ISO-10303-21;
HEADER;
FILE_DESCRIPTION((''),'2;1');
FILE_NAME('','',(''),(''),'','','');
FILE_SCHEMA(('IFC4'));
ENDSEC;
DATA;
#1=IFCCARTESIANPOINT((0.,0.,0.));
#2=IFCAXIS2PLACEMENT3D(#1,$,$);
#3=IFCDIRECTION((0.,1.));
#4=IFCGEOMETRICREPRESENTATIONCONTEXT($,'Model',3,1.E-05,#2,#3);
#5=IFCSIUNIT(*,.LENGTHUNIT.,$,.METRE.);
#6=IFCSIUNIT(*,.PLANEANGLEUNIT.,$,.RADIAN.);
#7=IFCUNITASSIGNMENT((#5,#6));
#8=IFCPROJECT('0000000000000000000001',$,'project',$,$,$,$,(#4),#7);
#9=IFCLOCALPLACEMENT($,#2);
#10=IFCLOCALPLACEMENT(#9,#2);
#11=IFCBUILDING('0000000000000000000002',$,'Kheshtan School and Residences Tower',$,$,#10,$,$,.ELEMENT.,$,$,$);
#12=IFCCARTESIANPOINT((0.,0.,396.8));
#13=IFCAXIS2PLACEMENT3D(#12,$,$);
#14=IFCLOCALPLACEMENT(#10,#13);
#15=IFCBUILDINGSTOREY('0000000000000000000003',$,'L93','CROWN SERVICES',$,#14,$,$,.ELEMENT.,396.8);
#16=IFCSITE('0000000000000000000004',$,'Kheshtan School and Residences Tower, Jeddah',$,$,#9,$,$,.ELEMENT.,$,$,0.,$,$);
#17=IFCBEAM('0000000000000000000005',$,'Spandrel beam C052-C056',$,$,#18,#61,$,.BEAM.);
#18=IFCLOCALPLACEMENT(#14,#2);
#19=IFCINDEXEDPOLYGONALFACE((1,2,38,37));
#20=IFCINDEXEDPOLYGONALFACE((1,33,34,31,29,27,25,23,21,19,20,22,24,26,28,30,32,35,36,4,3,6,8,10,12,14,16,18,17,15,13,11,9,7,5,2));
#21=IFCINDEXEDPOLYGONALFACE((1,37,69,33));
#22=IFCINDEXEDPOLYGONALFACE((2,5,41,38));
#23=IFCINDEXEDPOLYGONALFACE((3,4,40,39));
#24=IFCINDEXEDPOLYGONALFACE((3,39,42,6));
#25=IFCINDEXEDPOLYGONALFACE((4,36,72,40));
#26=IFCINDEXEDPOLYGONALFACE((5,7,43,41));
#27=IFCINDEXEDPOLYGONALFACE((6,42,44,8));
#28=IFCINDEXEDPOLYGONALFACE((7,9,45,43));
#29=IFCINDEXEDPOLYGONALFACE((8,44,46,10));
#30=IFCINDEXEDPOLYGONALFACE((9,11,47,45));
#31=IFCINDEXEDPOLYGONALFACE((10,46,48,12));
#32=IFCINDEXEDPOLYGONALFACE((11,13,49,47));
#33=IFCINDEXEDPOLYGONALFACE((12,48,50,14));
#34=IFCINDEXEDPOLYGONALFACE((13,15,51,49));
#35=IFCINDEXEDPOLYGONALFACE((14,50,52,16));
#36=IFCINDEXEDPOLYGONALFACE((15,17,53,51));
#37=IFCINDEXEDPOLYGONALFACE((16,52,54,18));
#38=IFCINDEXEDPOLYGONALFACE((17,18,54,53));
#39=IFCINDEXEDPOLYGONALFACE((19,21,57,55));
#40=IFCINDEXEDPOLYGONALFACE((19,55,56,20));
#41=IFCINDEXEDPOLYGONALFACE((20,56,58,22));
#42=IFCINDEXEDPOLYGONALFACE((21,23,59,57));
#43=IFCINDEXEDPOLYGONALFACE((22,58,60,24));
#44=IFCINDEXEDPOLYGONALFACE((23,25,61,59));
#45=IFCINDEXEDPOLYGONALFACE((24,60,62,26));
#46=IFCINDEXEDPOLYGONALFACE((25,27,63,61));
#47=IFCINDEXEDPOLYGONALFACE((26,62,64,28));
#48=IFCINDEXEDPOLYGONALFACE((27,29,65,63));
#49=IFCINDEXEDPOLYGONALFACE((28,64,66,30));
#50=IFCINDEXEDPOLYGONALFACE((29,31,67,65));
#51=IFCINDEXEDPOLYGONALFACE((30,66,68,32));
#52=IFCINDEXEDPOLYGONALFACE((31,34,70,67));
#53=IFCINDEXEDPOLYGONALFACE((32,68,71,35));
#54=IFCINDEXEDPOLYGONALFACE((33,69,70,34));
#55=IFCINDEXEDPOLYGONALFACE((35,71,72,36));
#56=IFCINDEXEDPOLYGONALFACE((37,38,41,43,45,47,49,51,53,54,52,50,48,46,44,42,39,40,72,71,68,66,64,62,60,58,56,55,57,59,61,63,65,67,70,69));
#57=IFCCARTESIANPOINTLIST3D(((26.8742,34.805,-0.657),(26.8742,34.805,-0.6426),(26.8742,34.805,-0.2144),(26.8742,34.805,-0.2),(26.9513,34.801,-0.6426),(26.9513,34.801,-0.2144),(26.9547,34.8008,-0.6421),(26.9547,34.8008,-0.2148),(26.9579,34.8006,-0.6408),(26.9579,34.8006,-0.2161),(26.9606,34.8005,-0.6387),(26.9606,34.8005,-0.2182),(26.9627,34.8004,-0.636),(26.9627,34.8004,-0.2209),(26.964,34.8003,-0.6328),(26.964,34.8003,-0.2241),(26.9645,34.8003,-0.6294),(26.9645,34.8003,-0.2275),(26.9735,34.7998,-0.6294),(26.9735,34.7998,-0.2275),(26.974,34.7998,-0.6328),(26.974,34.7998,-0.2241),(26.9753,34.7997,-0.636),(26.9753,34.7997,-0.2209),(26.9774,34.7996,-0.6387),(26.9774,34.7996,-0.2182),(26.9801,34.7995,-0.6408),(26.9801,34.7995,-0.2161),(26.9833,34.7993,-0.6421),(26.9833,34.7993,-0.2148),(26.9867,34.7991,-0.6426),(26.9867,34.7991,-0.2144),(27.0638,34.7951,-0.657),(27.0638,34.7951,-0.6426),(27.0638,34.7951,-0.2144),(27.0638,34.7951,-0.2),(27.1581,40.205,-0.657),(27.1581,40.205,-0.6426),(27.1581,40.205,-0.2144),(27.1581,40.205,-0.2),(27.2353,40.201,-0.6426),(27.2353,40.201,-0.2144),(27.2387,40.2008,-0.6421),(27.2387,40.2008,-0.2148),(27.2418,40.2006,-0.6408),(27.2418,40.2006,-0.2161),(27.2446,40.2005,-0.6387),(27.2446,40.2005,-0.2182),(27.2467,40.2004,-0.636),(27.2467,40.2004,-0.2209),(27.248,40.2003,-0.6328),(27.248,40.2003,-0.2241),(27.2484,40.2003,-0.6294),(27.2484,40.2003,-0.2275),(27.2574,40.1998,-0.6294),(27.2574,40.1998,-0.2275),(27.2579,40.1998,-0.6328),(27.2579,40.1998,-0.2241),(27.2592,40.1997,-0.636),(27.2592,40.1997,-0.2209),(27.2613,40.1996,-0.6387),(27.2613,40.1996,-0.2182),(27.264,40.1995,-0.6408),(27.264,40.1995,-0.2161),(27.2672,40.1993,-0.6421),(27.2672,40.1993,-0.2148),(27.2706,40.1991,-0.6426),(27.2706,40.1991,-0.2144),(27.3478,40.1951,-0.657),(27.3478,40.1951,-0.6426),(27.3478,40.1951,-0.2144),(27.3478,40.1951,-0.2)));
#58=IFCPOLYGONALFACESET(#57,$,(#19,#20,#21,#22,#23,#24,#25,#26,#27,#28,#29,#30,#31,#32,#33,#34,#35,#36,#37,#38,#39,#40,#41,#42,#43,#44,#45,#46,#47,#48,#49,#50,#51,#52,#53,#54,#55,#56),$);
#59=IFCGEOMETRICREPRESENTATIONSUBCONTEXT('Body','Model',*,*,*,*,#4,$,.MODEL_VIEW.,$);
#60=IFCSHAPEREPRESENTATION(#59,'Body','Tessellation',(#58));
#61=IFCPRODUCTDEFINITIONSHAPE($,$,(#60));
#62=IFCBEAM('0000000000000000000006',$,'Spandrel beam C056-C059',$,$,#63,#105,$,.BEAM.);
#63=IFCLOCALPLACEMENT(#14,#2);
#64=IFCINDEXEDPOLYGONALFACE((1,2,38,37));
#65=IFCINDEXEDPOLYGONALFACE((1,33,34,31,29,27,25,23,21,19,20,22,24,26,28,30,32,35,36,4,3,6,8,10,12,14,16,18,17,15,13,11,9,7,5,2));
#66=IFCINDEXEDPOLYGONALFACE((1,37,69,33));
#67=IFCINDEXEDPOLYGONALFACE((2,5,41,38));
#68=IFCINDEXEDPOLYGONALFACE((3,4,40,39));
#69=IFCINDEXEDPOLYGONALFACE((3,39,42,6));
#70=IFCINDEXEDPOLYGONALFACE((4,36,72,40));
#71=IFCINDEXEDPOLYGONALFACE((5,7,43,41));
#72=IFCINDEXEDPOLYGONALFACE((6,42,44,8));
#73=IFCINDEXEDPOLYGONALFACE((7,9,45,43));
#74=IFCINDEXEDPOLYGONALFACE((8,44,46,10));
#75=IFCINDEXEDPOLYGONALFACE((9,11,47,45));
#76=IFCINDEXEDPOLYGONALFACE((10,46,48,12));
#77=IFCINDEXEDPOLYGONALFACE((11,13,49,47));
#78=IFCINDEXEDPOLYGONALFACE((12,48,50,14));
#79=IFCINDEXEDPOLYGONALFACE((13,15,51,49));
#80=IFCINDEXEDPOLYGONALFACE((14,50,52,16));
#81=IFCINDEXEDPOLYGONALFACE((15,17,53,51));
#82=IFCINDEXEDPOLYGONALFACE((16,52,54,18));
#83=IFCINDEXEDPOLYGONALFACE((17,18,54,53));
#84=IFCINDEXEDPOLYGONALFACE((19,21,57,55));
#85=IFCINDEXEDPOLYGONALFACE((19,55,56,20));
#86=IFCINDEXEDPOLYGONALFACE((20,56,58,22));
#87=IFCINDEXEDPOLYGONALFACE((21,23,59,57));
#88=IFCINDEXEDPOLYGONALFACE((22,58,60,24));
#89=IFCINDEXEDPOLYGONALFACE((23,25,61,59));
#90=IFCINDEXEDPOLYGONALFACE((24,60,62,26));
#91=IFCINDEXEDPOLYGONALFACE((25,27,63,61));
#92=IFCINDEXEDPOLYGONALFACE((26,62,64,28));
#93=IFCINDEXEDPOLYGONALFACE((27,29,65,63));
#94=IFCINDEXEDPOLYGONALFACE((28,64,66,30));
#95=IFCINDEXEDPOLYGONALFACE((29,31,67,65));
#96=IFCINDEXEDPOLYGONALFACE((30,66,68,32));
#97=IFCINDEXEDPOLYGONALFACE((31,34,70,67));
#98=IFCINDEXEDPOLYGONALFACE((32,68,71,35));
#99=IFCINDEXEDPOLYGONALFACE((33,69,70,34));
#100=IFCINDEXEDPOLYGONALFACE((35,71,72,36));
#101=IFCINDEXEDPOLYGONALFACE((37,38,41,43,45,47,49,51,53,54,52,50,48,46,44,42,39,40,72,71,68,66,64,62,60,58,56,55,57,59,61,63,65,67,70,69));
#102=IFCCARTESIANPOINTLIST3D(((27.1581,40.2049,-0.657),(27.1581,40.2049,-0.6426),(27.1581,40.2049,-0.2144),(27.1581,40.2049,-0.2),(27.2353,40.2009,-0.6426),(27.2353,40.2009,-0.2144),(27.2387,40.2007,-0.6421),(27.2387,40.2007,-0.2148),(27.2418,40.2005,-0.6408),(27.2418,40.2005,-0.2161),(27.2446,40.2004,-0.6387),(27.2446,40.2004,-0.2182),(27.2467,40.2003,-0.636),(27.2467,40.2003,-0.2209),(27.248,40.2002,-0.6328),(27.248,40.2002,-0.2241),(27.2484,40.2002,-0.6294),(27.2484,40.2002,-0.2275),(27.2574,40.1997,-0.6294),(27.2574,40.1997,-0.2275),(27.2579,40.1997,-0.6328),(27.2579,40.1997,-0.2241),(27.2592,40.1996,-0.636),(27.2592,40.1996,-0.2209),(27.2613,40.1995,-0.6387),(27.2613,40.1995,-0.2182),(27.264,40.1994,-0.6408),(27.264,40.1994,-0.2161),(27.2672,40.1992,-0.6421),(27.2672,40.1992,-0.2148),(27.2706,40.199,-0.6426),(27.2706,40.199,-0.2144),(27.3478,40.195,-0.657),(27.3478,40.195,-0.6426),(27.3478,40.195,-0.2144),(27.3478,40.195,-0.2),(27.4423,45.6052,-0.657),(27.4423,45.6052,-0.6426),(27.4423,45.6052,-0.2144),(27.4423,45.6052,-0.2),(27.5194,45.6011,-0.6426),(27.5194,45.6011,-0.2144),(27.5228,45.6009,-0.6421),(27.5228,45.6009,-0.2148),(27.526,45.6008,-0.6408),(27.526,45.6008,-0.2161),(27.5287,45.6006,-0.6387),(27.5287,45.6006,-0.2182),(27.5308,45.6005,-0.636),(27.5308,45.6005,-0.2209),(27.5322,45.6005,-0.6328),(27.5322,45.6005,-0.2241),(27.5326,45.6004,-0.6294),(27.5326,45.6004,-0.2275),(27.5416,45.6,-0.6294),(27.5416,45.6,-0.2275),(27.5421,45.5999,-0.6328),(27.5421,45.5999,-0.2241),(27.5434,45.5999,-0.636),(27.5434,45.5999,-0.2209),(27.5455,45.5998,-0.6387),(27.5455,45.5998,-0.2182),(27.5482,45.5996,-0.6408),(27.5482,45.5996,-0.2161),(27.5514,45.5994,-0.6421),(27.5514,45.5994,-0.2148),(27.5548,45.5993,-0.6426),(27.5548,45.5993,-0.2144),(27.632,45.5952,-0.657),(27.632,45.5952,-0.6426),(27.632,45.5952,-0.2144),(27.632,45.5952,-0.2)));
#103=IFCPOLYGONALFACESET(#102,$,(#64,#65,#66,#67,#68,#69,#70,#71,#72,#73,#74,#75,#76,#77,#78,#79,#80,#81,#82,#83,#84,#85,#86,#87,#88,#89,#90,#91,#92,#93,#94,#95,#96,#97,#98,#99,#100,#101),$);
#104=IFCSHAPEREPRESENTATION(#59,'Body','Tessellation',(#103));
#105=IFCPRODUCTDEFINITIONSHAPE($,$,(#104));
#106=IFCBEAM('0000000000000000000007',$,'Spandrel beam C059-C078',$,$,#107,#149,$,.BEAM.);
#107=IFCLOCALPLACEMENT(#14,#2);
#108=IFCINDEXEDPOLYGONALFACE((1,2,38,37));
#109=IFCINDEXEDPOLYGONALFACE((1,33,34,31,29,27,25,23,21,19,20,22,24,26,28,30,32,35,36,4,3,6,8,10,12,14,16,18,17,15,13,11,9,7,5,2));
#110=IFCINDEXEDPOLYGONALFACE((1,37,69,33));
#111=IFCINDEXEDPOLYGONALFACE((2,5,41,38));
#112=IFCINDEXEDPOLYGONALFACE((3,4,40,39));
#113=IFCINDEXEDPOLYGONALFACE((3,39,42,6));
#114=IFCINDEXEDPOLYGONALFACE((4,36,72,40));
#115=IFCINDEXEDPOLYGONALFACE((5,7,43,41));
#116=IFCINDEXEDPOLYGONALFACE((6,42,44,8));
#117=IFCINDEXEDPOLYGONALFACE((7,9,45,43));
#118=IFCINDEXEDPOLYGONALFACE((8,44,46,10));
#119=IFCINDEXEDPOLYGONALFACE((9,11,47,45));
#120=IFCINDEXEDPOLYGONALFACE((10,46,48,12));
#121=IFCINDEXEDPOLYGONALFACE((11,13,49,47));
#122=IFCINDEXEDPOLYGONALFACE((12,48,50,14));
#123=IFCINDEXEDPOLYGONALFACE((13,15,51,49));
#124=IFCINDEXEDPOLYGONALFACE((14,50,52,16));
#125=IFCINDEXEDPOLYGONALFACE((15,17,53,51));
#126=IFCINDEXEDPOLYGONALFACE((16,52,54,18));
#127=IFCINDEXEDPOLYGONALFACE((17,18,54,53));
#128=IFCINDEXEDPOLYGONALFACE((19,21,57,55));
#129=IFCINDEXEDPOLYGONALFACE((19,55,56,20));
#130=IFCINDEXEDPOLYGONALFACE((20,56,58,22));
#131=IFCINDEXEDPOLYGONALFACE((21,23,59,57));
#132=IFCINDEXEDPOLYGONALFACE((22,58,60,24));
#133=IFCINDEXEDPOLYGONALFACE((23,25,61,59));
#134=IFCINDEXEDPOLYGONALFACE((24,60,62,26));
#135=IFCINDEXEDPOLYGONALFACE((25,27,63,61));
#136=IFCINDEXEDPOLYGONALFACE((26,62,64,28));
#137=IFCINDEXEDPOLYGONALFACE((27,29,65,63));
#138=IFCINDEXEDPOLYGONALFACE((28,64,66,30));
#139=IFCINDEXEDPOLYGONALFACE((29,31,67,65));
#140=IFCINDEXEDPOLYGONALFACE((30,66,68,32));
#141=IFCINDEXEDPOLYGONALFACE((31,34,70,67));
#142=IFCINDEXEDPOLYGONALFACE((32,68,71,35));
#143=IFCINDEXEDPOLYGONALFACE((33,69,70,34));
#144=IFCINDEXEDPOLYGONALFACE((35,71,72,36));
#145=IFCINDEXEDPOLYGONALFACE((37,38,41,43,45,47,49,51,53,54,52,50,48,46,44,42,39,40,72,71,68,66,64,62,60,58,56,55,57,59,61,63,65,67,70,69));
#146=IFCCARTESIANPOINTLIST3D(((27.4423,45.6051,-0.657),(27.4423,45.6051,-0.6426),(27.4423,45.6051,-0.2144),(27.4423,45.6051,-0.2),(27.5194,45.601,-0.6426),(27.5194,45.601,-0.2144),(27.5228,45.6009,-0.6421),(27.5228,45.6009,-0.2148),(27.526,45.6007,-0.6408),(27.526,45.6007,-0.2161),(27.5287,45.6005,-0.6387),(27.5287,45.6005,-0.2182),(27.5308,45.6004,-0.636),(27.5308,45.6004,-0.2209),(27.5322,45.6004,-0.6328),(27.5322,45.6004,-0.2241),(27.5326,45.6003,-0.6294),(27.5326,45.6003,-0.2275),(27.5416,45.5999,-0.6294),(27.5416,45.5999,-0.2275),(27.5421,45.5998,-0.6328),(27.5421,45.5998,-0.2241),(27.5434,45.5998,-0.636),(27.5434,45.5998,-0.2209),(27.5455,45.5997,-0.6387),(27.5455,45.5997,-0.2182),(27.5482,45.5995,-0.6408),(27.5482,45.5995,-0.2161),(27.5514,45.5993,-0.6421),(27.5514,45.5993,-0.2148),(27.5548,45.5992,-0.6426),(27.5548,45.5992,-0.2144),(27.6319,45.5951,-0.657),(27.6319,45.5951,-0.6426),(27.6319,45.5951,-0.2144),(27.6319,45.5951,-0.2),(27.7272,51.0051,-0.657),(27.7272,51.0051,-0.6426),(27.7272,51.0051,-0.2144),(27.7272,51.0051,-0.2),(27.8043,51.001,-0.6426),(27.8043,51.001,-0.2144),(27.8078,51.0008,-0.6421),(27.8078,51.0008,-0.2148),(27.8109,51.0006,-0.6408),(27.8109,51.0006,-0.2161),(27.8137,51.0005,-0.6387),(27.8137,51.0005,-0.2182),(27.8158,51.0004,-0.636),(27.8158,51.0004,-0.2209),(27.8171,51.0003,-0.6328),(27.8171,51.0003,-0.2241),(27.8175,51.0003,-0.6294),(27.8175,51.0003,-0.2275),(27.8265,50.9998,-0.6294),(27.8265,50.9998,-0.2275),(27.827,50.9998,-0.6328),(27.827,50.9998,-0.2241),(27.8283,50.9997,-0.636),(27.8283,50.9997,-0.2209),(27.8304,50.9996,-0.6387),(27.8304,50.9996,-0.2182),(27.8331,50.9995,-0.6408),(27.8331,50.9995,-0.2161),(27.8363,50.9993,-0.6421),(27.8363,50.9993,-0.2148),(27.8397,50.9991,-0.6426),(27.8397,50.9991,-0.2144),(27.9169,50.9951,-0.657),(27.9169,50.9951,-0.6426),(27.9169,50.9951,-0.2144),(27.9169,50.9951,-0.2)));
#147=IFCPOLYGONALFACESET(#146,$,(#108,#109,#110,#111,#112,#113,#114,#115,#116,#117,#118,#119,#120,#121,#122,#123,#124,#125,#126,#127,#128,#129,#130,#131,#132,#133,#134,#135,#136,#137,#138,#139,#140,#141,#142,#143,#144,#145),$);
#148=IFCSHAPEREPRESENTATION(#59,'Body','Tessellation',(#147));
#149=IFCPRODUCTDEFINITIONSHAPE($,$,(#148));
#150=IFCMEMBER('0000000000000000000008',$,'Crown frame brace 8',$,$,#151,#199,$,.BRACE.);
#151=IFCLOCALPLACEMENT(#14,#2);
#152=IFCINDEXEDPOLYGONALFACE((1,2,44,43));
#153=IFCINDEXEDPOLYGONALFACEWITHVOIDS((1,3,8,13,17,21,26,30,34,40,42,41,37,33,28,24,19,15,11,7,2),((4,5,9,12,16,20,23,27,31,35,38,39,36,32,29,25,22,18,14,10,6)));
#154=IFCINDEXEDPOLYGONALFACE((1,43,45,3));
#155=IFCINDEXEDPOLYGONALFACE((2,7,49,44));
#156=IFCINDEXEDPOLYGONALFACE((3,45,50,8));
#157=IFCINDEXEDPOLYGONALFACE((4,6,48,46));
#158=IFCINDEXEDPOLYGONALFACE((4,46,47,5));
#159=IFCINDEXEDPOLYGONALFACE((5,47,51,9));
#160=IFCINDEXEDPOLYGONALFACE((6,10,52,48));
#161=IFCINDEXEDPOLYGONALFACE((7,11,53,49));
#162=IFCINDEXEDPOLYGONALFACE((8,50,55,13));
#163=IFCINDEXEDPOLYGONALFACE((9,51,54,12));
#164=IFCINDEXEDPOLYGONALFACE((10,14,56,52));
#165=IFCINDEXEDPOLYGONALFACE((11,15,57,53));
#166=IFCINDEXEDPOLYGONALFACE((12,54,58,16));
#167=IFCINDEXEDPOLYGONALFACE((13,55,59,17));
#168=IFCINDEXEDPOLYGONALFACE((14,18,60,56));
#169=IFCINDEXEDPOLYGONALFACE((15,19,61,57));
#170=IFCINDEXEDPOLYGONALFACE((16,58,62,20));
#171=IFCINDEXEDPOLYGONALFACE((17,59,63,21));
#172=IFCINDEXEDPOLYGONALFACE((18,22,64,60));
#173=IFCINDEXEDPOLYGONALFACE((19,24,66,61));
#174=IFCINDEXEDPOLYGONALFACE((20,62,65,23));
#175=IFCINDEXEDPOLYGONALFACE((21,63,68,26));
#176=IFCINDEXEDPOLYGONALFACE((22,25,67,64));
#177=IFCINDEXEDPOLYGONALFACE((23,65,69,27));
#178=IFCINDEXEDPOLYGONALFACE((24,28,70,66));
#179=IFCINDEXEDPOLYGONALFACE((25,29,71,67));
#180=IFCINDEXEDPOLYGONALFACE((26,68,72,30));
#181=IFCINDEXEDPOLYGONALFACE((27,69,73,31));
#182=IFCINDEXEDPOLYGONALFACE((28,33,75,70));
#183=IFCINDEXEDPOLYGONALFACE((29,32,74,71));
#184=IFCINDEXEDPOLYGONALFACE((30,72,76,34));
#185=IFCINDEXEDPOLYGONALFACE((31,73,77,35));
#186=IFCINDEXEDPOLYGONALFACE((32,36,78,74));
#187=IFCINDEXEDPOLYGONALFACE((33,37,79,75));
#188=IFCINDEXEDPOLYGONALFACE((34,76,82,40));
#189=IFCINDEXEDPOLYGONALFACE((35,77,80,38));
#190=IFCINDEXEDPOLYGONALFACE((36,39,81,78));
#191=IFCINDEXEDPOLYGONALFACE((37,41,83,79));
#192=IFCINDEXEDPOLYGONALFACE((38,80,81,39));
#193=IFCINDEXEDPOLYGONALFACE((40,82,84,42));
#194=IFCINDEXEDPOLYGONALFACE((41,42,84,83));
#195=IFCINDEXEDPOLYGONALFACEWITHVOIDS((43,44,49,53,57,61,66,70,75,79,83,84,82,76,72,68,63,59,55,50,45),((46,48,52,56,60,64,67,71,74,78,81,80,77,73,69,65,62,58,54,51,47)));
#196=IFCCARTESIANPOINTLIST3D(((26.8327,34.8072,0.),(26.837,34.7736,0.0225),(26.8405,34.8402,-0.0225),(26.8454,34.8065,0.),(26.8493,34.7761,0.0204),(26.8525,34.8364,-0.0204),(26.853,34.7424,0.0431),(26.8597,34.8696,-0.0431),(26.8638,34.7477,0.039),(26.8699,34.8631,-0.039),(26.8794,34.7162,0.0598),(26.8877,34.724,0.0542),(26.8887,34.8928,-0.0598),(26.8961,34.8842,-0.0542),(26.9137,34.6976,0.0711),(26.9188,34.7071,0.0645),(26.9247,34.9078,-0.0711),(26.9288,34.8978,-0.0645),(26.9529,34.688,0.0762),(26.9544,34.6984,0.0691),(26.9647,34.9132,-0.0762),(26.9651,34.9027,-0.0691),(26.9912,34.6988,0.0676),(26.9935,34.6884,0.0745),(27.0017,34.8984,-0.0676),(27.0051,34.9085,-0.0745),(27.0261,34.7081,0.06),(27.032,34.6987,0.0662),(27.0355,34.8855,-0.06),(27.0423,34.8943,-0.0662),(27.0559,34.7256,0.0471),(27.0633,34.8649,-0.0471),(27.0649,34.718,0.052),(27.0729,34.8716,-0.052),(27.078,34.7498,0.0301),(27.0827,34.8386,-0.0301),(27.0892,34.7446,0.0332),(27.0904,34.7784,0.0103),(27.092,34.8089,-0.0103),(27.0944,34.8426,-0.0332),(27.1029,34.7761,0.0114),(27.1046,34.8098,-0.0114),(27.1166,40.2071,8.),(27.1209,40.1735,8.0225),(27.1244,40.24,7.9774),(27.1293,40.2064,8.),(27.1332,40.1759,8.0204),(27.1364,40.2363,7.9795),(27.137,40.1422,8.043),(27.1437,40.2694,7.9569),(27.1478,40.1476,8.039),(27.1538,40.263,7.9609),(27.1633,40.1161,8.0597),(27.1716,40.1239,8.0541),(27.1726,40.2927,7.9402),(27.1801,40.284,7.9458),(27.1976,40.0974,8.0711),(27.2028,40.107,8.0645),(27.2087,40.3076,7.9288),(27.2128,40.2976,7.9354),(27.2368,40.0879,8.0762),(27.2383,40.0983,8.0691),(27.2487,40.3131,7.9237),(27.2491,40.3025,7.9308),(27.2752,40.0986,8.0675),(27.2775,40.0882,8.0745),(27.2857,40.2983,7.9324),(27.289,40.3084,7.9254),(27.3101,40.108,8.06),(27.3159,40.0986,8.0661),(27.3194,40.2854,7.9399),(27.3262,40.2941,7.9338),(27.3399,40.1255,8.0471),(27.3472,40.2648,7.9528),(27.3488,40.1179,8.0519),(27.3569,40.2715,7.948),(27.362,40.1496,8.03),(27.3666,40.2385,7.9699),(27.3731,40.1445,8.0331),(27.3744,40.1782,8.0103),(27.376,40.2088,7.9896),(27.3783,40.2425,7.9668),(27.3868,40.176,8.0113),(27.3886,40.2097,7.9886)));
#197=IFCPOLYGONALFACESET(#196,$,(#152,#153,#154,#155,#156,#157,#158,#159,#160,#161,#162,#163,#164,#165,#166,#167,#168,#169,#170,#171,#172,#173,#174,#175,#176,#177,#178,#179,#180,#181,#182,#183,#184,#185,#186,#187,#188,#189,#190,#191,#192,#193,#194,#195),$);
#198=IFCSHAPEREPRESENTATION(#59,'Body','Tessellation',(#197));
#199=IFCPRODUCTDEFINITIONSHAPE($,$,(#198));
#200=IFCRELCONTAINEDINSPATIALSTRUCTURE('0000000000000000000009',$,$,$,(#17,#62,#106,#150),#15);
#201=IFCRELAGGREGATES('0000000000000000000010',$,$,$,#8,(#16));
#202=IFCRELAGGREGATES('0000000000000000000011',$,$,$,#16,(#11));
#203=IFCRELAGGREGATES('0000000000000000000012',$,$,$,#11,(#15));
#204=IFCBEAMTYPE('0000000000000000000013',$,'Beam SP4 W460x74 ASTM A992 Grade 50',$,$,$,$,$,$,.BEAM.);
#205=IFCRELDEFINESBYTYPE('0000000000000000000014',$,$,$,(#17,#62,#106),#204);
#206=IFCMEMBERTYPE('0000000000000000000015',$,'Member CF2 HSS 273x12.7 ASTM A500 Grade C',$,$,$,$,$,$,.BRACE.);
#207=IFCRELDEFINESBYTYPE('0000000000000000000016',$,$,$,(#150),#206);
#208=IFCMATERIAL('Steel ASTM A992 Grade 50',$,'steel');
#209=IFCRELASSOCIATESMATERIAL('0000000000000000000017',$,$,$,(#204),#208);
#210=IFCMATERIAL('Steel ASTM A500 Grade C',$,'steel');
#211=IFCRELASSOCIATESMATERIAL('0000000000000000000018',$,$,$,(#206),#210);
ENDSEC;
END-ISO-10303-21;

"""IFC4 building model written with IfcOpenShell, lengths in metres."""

from ifc_helpers import new_model, si_unit, direction, frame, origin, origin_2d, place, context, subcontext, project, spatial, hollow_circle, i_section, extrude, material, material_profile, profile_set, type_object, element, save


model = new_model("IFC4")

# Units and contexts
model_context = context("Model", 3, precision=1e-05, world=origin(), true_north=direction((0.0, 1.0)))
body_context = subcontext(model_context, "Body", "Model", "MODEL_VIEW")
ifc_project = project(units=[si_unit("LENGTHUNIT", "METRE"), si_unit("PLANEANGLEUNIT", "RADIAN")], contexts=[model_context])

# Site, building, storey
site_placement = place(None, origin())
site = spatial("IfcSite", under=ifc_project, at=site_placement, Name="Kheshtan School and Residences Tower, Jeddah", CompositionType="ELEMENT", RefElevation=0.0)
building_placement = place(site_placement, origin())
building = spatial("IfcBuilding", under=site, at=building_placement, Name="Kheshtan School and Residences Tower", CompositionType="ELEMENT")
storey_placement = place(building_placement, frame((0.0, 0.0, 396.8)))
storey = spatial("IfcBuildingStorey", under=building, at=storey_placement, Name="L93", Description="CROWN SERVICES", CompositionType="ELEMENT", Elevation=396.8)

# Shared definitions
ifc_material_1 = material(Name="Steel ASTM A500 Grade C", Category="steel")

# Beams
ifc_material_2 = material(Name="Steel ASTM A992 Grade 50", Category="steel")
ifc_material_profile_1 = material_profile(ifc_material_2, i_section(OverallWidth=0.1899, OverallDepth=0.457, WebThickness=0.009, FlangeThickness=0.0144, FilletRadius=0.0132, at=origin_2d()), Name="W460x74")
ifc_profile_set_1 = profile_set([ifc_material_profile_1], Name="Steel ASTM A992 Grade 50")
beam_type = type_object("IfcBeamType", Name="Beam SP4 W460x74 ASTM A992 Grade 50", PredefinedType="BEAM", material=ifc_profile_set_1)
beam_1_placement = place(storey_placement, frame((26.969, 34.8, -0.4285), z_axis=(0.052509, 0.99862, 0.0), x_axis=(-0.99862, 0.052509, 0.0)))
element("IfcBeam", 1, at=beam_1_placement, inside=storey, type_object=beam_type, Name="Spandrel beam C052-C056", PredefinedType="BEAM", context=body_context, shape_type="SweptSolid", body=[
    extrude(i_section(OverallWidth=0.1899, OverallDepth=0.457, WebThickness=0.009, FlangeThickness=0.0144, FilletRadius=0.0132, at=origin_2d()), origin(), (0.0, 0.0, 1.0), 5.4075),
])
beam_2_placement = place(storey_placement, frame((27.2529, 40.2, -0.4285), z_axis=(0.052552, 0.998618, 0.0), x_axis=(-0.998618, 0.052552, 0.0)))
element("IfcBeam", 2, at=beam_2_placement, inside=storey, type_object=beam_type, Name="Spandrel beam C056-C059", PredefinedType="BEAM", context=body_context, shape_type="SweptSolid", body=[
    extrude(i_section(OverallWidth=0.1899, OverallDepth=0.457, WebThickness=0.009, FlangeThickness=0.0144, FilletRadius=0.0132, at=origin_2d()), origin(), (0.0, 0.0, 1.0), 5.4077),
])
beam_3_placement = place(storey_placement, frame((27.5371, 45.6001, -0.4285), z_axis=(0.052689, 0.998611, 0.0), x_axis=(-0.998611, 0.052689, 0.0)))
element("IfcBeam", 3, at=beam_3_placement, inside=storey, type_object=beam_type, Name="Spandrel beam C059-C078", PredefinedType="BEAM", context=body_context, shape_type="SweptSolid", body=[
    extrude(i_section(OverallWidth=0.1899, OverallDepth=0.457, WebThickness=0.009, FlangeThickness=0.0144, FilletRadius=0.0132, at=origin_2d()), origin(), (0.0, 0.0, 1.0), 5.4075),
])

# Member
ifc_material_profile_2 = material_profile(ifc_material_1, hollow_circle(Radius=0.1365, WallThickness=0.0127, at=origin_2d()), Name="HSS 273x12.7")
ifc_profile_set_2 = profile_set([ifc_material_profile_2], Name="Steel ASTM A500 Grade C")
member_type = type_object("IfcMemberType", Name="Member CF2 HSS 273x12.7 ASTM A500 Grade C", PredefinedType="BRACE", material=ifc_profile_set_2)
for number, where, z_axis, x_axis, name in (
    (4, (26.969, 34.8, 0.0), (0.029405, 0.559224, 0.828495), (-0.99862, 0.052509, 0.0), "Crown frame brace 8"),
):
    element("IfcMember", number, at=place(storey_placement, frame(where, z_axis=z_axis, x_axis=x_axis)), inside=storey, type_object=member_type, Name=name, PredefinedType="BRACE", context=body_context, shape_type="SweptSolid", body=[
        extrude(hollow_circle(Radius=0.1365, WallThickness=0.0127, at=origin_2d()), origin(), (0.0, 0.0, 1.0), 9.656),
    ])

save(model, "model.ifc")
